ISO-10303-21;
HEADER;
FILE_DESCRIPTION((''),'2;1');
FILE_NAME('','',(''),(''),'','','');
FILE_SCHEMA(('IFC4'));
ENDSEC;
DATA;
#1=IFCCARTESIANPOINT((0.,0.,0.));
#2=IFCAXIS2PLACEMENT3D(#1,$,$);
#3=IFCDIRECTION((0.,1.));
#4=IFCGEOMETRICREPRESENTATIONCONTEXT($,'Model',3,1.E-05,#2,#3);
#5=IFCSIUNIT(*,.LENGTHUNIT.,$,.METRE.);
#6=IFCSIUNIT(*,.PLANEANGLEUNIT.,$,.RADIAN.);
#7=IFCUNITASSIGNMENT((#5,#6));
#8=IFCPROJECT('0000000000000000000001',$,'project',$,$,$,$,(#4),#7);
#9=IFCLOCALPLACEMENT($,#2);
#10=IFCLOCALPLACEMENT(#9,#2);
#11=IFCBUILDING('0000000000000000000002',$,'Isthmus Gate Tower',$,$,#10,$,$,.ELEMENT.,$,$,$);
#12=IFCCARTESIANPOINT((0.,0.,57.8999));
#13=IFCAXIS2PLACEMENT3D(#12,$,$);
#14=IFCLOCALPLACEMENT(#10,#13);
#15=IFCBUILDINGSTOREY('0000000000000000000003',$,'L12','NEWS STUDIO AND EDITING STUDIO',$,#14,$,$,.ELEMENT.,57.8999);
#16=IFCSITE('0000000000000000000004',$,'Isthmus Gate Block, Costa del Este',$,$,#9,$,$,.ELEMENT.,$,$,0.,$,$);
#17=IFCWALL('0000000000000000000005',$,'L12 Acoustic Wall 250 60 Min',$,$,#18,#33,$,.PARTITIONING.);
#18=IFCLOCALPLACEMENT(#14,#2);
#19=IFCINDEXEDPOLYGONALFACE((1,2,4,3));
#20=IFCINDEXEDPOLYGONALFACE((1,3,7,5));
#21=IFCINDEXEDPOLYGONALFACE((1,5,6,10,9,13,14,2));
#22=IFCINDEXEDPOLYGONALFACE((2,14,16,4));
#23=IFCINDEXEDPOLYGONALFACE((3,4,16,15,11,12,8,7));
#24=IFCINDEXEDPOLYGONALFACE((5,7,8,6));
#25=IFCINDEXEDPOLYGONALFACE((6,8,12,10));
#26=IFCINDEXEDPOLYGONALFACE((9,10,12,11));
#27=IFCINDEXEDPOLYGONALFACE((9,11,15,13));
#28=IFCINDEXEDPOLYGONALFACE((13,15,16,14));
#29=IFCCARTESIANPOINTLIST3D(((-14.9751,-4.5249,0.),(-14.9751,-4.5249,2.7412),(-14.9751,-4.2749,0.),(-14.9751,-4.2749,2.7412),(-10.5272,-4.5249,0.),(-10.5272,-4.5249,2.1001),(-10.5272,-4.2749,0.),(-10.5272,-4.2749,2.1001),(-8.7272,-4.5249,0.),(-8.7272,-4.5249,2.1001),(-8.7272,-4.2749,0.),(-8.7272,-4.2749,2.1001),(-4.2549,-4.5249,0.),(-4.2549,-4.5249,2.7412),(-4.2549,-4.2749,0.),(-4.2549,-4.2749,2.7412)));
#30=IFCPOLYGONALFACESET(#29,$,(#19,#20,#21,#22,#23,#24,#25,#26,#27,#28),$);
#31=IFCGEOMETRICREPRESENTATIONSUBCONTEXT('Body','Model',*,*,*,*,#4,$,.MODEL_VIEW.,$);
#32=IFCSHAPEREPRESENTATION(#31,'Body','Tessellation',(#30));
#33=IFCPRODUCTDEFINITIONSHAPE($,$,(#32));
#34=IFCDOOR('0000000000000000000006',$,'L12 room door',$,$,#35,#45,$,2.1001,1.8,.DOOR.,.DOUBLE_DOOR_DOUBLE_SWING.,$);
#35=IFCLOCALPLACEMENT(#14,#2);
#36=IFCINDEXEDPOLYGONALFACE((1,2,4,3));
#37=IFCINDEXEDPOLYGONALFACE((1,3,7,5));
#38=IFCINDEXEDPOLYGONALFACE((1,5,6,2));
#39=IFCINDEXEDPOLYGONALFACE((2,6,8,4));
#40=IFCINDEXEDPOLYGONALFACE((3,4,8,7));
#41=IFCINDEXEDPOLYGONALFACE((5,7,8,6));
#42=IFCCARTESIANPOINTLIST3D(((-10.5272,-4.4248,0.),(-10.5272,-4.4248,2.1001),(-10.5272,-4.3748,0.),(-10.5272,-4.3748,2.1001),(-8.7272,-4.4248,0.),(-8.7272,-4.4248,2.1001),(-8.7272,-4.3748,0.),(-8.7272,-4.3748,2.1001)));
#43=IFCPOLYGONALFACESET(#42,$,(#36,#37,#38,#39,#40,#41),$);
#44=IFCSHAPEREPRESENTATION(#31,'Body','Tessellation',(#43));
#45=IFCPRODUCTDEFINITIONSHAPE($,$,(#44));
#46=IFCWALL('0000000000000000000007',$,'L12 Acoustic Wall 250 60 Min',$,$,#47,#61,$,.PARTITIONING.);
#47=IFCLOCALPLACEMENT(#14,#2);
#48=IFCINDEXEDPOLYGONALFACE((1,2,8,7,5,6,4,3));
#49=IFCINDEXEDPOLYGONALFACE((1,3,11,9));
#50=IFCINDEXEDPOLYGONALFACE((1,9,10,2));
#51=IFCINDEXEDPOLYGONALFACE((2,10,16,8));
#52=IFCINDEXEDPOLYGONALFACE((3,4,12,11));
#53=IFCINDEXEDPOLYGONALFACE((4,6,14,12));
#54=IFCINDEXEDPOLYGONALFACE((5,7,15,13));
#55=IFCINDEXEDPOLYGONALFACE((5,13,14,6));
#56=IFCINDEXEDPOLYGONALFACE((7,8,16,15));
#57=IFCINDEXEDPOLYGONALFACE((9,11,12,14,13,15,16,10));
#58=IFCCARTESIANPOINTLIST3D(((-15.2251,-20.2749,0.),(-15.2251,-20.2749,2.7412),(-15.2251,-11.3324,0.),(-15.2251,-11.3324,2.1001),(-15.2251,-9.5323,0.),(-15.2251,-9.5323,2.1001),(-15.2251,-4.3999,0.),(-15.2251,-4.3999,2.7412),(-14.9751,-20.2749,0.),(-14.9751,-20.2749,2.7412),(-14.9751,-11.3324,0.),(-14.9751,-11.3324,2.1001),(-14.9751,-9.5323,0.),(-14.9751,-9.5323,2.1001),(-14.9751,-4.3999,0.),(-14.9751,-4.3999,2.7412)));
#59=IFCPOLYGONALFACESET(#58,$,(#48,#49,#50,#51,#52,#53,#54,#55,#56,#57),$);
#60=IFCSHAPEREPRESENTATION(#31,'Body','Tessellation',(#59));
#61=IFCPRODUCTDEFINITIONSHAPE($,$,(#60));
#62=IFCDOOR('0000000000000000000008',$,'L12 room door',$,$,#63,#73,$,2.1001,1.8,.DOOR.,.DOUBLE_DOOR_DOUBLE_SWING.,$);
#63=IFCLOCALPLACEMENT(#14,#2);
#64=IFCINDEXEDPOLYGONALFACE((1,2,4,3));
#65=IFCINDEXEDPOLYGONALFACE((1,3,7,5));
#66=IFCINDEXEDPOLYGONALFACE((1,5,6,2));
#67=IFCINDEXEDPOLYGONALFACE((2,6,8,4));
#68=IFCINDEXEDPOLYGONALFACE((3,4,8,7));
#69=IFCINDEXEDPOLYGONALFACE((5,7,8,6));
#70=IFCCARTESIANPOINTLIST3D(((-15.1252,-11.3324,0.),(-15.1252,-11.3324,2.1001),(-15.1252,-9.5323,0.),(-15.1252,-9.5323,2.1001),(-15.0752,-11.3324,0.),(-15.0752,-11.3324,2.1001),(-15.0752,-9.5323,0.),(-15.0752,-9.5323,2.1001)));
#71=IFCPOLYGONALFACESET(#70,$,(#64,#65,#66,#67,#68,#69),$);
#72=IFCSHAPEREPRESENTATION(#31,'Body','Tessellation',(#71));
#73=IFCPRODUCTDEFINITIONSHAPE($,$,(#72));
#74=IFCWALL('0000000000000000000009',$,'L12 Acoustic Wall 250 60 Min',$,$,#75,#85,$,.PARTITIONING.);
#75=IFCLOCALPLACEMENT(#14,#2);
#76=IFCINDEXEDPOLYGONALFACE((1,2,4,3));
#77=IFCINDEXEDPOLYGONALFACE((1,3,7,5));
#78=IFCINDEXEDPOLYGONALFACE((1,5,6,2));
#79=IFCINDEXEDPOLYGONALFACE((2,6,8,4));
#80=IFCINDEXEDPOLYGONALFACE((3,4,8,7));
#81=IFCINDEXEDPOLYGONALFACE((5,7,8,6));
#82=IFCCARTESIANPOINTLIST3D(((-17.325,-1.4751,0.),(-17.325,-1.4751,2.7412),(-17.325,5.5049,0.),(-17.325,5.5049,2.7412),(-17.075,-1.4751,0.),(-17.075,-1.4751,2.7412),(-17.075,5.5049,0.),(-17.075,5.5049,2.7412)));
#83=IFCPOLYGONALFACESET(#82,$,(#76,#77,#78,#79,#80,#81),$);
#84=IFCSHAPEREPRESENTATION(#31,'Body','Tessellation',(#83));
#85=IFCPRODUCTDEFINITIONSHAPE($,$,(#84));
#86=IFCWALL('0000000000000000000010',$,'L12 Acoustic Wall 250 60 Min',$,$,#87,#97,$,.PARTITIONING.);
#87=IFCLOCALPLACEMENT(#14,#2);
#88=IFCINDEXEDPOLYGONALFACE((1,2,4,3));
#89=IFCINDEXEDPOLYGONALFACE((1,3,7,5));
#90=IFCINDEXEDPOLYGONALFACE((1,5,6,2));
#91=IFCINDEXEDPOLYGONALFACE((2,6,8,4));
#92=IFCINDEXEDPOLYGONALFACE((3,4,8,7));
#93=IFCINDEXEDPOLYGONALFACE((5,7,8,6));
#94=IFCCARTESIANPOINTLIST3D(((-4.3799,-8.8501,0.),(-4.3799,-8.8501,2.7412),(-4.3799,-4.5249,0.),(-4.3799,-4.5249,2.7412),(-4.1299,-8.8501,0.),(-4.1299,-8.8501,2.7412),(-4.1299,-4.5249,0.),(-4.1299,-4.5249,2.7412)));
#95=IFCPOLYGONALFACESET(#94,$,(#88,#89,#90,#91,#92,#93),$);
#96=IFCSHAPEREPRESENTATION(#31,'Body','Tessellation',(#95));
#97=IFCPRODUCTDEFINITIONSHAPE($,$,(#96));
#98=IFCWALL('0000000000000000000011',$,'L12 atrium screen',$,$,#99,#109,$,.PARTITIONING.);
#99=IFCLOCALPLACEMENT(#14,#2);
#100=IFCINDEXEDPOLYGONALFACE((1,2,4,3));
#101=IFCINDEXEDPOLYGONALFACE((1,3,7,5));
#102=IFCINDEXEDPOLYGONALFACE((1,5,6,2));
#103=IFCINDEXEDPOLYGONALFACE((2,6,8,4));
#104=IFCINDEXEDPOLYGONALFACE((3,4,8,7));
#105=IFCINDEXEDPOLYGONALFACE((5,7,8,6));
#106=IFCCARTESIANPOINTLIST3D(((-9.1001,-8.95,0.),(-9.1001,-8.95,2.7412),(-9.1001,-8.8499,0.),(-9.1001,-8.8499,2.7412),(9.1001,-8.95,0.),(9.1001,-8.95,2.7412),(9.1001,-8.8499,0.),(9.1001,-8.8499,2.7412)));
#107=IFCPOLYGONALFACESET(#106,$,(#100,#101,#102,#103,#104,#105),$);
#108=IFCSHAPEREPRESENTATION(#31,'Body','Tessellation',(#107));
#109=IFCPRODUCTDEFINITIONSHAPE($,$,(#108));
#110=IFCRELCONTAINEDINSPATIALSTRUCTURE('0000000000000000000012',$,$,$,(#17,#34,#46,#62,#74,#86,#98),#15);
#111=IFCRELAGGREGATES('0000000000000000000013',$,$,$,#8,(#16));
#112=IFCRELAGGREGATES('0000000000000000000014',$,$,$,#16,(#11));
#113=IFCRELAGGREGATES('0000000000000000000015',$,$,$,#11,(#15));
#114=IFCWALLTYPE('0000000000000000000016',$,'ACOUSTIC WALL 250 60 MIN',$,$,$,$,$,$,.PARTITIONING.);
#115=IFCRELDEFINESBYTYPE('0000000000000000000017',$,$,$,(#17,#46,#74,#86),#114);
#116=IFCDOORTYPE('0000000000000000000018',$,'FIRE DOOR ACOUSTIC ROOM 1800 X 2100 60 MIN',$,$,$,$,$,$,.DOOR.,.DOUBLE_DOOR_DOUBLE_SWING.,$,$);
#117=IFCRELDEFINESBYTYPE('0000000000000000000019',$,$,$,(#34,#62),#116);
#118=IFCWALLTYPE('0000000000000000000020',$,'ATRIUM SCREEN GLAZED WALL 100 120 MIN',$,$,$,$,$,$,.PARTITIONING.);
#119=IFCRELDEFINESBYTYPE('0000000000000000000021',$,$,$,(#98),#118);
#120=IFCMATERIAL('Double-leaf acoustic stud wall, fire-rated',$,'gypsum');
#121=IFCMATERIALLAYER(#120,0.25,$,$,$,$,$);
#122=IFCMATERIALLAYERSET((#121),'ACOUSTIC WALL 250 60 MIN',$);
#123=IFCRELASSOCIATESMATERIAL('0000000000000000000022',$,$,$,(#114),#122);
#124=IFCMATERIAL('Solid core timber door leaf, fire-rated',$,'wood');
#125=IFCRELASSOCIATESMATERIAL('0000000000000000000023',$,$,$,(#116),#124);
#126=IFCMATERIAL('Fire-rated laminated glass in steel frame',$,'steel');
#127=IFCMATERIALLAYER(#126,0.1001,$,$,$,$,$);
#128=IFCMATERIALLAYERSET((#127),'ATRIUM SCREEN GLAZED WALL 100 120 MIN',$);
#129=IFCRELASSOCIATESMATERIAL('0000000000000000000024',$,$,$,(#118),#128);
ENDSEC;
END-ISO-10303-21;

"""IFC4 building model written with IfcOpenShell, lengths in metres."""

from ifc_helpers import new_model, si_unit, direction, frame, frame_2d, origin, place, context, subcontext, project, spatial, rectangle, extrude, material, layer, layer_set, type_object, element, fill, save


model = new_model("IFC4")

# Units and contexts
model_context = context("Model", 3, precision=1e-05, world=origin(), true_north=direction((0.0, 1.0)))
body_context = subcontext(model_context, "Body", "Model", "MODEL_VIEW")
ifc_project = project(units=[si_unit("LENGTHUNIT", "METRE"), si_unit("PLANEANGLEUNIT", "RADIAN")], contexts=[model_context])

# Site, building, storey
site_placement = place(None, origin())
site = spatial("IfcSite", under=ifc_project, at=site_placement, Name="Isthmus Gate Block, Costa del Este", CompositionType="ELEMENT", RefElevation=0.0)
building_placement = place(site_placement, origin())
building = spatial("IfcBuilding", under=site, at=building_placement, Name="Isthmus Gate Tower", CompositionType="ELEMENT")
storey_placement = place(building_placement, frame((0.0, 0.0, 57.8999)))
storey = spatial("IfcBuildingStorey", under=building, at=storey_placement, Name="L12", Description="NEWS STUDIO AND EDITING STUDIO", CompositionType="ELEMENT", Elevation=57.8999)

# Walls, openings, doors
ifc_material_1 = material(Name="Double-leaf acoustic stud wall, fire-rated", Category="gypsum")
ifc_layer_1 = layer(ifc_material_1, 0.25)
ifc_layer_set_1 = layer_set([ifc_layer_1], Name="ACOUSTIC WALL 250 60 MIN")
wall_type_1 = type_object("IfcWallType", Name="ACOUSTIC WALL 250 60 MIN", PredefinedType="PARTITIONING", material=ifc_layer_set_1)
wall_1_placement = place(storey_placement, frame((-4.2549, -4.3999, 0.0), z_axis=(0.0, 0.0, 1.0), x_axis=(-1.0, 0.0, 0.0)))
wall_1 = element("IfcWall", 1, at=wall_1_placement, inside=storey, type_object=wall_type_1, Name="L12 Acoustic Wall 250 60 Min", PredefinedType="PARTITIONING", context=body_context, shape_type="SweptSolid", body=[
    extrude(rectangle(XDim=10.7202, YDim=0.25, at=frame_2d((5.3601, 0.0))), origin(), (0.0, 0.0, 1.0), 2.7412),
])
opening_1_placement = place(wall_1_placement, frame((4.4724, 0.0, 0.0)))
opening_1 = element("IfcOpeningElement", 2, at=opening_1_placement, cuts=wall_1, PredefinedType="OPENING", context=body_context, shape_type="SweptSolid", body=[
    extrude(rectangle(XDim=1.8, YDim=2.1001, at=frame_2d((0.8999, 1.05))), frame((0.0, 0.135, 0.0), z_axis=(0.0, -1.0, 0.0), x_axis=(1.0, 0.0, 0.0)), (0.0, 0.0, 1.0), 0.27),
])
ifc_material_2 = material(Name="Solid core timber door leaf, fire-rated", Category="wood")
door_type_1 = type_object("IfcDoorType", Name="FIRE DOOR ACOUSTIC ROOM 1800 X 2100 60 MIN", OperationType="DOUBLE_DOOR_DOUBLE_SWING", PredefinedType="DOOR", material=ifc_material_2)
door_1_placement = place(opening_1_placement, origin())
door_1 = element("IfcDoor", 3, at=door_1_placement, inside=storey, type_object=door_type_1, Name="L12 room door", OperationType="DOUBLE_DOOR_DOUBLE_SWING", OverallHeight=2.1001, OverallWidth=1.8, PredefinedType="DOOR", context=body_context, shape_type="SweptSolid", body=[
    extrude(rectangle(XDim=1.8, YDim=2.1001, at=frame_2d((0.8999, 1.05))), frame((0.0, 0.0249, 0.0), z_axis=(0.0, -1.0, 0.0), x_axis=(1.0, 0.0, 0.0)), (0.0, 0.0, 1.0), 0.05),
])
fill(opening_1, door_1)
wall_2_placement = place(storey_placement, frame((-15.1001, -4.3999, 0.0), z_axis=(0.0, 0.0, 1.0), x_axis=(0.0, -1.0, 0.0)))
wall_2 = element("IfcWall", 4, at=wall_2_placement, inside=storey, type_object=wall_type_1, Name="L12 Acoustic Wall 250 60 Min", PredefinedType="PARTITIONING", context=body_context, shape_type="SweptSolid", body=[
    extrude(rectangle(XDim=15.875, YDim=0.25, at=frame_2d((7.9375, 0.0))), origin(), (0.0, 0.0, 1.0), 2.7412),
])
opening_2_placement = place(wall_2_placement, frame((5.1326, 0.0, 0.0)))
opening_2 = element("IfcOpeningElement", 5, at=opening_2_placement, cuts=wall_2, PredefinedType="OPENING", context=body_context, shape_type="SweptSolid", body=[
    extrude(rectangle(XDim=1.8, YDim=2.1001, at=frame_2d((0.8999, 1.05))), frame((0.0, 0.135, 0.0), z_axis=(0.0, -1.0, 0.0), x_axis=(1.0, 0.0, 0.0)), (0.0, 0.0, 1.0), 0.27),
])
door_2_placement = place(opening_2_placement, origin())
door_2 = element("IfcDoor", 6, at=door_2_placement, inside=storey, type_object=door_type_1, Name="L12 room door", OperationType="DOUBLE_DOOR_DOUBLE_SWING", OverallHeight=2.1001, OverallWidth=1.8, PredefinedType="DOOR", context=body_context, shape_type="SweptSolid", body=[
    extrude(rectangle(XDim=1.8, YDim=2.1001, at=frame_2d((0.8999, 1.05))), frame((0.0, 0.0249, 0.0), z_axis=(0.0, -1.0, 0.0), x_axis=(1.0, 0.0, 0.0)), (0.0, 0.0, 1.0), 0.05),
])
fill(opening_2, door_2)

# Walls
wall_3_placement = place(storey_placement, frame((-17.2, -1.4751, 0.0), z_axis=(0.0, 0.0, 1.0), x_axis=(0.0, 1.0, 0.0)))
element("IfcWall", 7, at=wall_3_placement, inside=storey, type_object=wall_type_1, Name="L12 Acoustic Wall 250 60 Min", PredefinedType="PARTITIONING", context=body_context, shape_type="SweptSolid", body=[
    extrude(rectangle(XDim=6.98, YDim=0.25, at=frame_2d((3.49, 0.0))), origin(), (0.0, 0.0, 1.0), 2.7412),
])
wall_4_placement = place(storey_placement, frame((-4.2549, -8.8501, 0.0), z_axis=(0.0, 0.0, 1.0), x_axis=(0.0, 1.0, 0.0)))
element("IfcWall", 8, at=wall_4_placement, inside=storey, type_object=wall_type_1, Name="L12 Acoustic Wall 250 60 Min", PredefinedType="PARTITIONING", context=body_context, shape_type="SweptSolid", body=[
    extrude(rectangle(XDim=4.3252, YDim=0.25, at=frame_2d((2.1626, 0.0))), origin(), (0.0, 0.0, 1.0), 2.7412),
])
ifc_material_3 = material(Name="Fire-rated laminated glass in steel frame", Category="steel")
ifc_layer_2 = layer(ifc_material_3, 0.1001)
ifc_layer_set_2 = layer_set([ifc_layer_2], Name="ATRIUM SCREEN GLAZED WALL 100 120 MIN")
wall_type_2 = type_object("IfcWallType", Name="ATRIUM SCREEN GLAZED WALL 100 120 MIN", PredefinedType="PARTITIONING", material=ifc_layer_set_2)
wall_5_placement = place(storey_placement, frame((-9.1001, -8.8999, 0.0), z_axis=(0.0, 0.0, 1.0), x_axis=(1.0, 0.0, 0.0)))
element("IfcWall", 9, at=wall_5_placement, inside=storey, type_object=wall_type_2, Name="L12 atrium screen", PredefinedType="PARTITIONING", context=body_context, shape_type="SweptSolid", body=[
    extrude(rectangle(XDim=18.2002, YDim=0.1001, at=frame_2d((9.1001, 0.0))), origin(), (0.0, 0.0, 1.0), 2.7412),
])

save(model, "model.ifc")
